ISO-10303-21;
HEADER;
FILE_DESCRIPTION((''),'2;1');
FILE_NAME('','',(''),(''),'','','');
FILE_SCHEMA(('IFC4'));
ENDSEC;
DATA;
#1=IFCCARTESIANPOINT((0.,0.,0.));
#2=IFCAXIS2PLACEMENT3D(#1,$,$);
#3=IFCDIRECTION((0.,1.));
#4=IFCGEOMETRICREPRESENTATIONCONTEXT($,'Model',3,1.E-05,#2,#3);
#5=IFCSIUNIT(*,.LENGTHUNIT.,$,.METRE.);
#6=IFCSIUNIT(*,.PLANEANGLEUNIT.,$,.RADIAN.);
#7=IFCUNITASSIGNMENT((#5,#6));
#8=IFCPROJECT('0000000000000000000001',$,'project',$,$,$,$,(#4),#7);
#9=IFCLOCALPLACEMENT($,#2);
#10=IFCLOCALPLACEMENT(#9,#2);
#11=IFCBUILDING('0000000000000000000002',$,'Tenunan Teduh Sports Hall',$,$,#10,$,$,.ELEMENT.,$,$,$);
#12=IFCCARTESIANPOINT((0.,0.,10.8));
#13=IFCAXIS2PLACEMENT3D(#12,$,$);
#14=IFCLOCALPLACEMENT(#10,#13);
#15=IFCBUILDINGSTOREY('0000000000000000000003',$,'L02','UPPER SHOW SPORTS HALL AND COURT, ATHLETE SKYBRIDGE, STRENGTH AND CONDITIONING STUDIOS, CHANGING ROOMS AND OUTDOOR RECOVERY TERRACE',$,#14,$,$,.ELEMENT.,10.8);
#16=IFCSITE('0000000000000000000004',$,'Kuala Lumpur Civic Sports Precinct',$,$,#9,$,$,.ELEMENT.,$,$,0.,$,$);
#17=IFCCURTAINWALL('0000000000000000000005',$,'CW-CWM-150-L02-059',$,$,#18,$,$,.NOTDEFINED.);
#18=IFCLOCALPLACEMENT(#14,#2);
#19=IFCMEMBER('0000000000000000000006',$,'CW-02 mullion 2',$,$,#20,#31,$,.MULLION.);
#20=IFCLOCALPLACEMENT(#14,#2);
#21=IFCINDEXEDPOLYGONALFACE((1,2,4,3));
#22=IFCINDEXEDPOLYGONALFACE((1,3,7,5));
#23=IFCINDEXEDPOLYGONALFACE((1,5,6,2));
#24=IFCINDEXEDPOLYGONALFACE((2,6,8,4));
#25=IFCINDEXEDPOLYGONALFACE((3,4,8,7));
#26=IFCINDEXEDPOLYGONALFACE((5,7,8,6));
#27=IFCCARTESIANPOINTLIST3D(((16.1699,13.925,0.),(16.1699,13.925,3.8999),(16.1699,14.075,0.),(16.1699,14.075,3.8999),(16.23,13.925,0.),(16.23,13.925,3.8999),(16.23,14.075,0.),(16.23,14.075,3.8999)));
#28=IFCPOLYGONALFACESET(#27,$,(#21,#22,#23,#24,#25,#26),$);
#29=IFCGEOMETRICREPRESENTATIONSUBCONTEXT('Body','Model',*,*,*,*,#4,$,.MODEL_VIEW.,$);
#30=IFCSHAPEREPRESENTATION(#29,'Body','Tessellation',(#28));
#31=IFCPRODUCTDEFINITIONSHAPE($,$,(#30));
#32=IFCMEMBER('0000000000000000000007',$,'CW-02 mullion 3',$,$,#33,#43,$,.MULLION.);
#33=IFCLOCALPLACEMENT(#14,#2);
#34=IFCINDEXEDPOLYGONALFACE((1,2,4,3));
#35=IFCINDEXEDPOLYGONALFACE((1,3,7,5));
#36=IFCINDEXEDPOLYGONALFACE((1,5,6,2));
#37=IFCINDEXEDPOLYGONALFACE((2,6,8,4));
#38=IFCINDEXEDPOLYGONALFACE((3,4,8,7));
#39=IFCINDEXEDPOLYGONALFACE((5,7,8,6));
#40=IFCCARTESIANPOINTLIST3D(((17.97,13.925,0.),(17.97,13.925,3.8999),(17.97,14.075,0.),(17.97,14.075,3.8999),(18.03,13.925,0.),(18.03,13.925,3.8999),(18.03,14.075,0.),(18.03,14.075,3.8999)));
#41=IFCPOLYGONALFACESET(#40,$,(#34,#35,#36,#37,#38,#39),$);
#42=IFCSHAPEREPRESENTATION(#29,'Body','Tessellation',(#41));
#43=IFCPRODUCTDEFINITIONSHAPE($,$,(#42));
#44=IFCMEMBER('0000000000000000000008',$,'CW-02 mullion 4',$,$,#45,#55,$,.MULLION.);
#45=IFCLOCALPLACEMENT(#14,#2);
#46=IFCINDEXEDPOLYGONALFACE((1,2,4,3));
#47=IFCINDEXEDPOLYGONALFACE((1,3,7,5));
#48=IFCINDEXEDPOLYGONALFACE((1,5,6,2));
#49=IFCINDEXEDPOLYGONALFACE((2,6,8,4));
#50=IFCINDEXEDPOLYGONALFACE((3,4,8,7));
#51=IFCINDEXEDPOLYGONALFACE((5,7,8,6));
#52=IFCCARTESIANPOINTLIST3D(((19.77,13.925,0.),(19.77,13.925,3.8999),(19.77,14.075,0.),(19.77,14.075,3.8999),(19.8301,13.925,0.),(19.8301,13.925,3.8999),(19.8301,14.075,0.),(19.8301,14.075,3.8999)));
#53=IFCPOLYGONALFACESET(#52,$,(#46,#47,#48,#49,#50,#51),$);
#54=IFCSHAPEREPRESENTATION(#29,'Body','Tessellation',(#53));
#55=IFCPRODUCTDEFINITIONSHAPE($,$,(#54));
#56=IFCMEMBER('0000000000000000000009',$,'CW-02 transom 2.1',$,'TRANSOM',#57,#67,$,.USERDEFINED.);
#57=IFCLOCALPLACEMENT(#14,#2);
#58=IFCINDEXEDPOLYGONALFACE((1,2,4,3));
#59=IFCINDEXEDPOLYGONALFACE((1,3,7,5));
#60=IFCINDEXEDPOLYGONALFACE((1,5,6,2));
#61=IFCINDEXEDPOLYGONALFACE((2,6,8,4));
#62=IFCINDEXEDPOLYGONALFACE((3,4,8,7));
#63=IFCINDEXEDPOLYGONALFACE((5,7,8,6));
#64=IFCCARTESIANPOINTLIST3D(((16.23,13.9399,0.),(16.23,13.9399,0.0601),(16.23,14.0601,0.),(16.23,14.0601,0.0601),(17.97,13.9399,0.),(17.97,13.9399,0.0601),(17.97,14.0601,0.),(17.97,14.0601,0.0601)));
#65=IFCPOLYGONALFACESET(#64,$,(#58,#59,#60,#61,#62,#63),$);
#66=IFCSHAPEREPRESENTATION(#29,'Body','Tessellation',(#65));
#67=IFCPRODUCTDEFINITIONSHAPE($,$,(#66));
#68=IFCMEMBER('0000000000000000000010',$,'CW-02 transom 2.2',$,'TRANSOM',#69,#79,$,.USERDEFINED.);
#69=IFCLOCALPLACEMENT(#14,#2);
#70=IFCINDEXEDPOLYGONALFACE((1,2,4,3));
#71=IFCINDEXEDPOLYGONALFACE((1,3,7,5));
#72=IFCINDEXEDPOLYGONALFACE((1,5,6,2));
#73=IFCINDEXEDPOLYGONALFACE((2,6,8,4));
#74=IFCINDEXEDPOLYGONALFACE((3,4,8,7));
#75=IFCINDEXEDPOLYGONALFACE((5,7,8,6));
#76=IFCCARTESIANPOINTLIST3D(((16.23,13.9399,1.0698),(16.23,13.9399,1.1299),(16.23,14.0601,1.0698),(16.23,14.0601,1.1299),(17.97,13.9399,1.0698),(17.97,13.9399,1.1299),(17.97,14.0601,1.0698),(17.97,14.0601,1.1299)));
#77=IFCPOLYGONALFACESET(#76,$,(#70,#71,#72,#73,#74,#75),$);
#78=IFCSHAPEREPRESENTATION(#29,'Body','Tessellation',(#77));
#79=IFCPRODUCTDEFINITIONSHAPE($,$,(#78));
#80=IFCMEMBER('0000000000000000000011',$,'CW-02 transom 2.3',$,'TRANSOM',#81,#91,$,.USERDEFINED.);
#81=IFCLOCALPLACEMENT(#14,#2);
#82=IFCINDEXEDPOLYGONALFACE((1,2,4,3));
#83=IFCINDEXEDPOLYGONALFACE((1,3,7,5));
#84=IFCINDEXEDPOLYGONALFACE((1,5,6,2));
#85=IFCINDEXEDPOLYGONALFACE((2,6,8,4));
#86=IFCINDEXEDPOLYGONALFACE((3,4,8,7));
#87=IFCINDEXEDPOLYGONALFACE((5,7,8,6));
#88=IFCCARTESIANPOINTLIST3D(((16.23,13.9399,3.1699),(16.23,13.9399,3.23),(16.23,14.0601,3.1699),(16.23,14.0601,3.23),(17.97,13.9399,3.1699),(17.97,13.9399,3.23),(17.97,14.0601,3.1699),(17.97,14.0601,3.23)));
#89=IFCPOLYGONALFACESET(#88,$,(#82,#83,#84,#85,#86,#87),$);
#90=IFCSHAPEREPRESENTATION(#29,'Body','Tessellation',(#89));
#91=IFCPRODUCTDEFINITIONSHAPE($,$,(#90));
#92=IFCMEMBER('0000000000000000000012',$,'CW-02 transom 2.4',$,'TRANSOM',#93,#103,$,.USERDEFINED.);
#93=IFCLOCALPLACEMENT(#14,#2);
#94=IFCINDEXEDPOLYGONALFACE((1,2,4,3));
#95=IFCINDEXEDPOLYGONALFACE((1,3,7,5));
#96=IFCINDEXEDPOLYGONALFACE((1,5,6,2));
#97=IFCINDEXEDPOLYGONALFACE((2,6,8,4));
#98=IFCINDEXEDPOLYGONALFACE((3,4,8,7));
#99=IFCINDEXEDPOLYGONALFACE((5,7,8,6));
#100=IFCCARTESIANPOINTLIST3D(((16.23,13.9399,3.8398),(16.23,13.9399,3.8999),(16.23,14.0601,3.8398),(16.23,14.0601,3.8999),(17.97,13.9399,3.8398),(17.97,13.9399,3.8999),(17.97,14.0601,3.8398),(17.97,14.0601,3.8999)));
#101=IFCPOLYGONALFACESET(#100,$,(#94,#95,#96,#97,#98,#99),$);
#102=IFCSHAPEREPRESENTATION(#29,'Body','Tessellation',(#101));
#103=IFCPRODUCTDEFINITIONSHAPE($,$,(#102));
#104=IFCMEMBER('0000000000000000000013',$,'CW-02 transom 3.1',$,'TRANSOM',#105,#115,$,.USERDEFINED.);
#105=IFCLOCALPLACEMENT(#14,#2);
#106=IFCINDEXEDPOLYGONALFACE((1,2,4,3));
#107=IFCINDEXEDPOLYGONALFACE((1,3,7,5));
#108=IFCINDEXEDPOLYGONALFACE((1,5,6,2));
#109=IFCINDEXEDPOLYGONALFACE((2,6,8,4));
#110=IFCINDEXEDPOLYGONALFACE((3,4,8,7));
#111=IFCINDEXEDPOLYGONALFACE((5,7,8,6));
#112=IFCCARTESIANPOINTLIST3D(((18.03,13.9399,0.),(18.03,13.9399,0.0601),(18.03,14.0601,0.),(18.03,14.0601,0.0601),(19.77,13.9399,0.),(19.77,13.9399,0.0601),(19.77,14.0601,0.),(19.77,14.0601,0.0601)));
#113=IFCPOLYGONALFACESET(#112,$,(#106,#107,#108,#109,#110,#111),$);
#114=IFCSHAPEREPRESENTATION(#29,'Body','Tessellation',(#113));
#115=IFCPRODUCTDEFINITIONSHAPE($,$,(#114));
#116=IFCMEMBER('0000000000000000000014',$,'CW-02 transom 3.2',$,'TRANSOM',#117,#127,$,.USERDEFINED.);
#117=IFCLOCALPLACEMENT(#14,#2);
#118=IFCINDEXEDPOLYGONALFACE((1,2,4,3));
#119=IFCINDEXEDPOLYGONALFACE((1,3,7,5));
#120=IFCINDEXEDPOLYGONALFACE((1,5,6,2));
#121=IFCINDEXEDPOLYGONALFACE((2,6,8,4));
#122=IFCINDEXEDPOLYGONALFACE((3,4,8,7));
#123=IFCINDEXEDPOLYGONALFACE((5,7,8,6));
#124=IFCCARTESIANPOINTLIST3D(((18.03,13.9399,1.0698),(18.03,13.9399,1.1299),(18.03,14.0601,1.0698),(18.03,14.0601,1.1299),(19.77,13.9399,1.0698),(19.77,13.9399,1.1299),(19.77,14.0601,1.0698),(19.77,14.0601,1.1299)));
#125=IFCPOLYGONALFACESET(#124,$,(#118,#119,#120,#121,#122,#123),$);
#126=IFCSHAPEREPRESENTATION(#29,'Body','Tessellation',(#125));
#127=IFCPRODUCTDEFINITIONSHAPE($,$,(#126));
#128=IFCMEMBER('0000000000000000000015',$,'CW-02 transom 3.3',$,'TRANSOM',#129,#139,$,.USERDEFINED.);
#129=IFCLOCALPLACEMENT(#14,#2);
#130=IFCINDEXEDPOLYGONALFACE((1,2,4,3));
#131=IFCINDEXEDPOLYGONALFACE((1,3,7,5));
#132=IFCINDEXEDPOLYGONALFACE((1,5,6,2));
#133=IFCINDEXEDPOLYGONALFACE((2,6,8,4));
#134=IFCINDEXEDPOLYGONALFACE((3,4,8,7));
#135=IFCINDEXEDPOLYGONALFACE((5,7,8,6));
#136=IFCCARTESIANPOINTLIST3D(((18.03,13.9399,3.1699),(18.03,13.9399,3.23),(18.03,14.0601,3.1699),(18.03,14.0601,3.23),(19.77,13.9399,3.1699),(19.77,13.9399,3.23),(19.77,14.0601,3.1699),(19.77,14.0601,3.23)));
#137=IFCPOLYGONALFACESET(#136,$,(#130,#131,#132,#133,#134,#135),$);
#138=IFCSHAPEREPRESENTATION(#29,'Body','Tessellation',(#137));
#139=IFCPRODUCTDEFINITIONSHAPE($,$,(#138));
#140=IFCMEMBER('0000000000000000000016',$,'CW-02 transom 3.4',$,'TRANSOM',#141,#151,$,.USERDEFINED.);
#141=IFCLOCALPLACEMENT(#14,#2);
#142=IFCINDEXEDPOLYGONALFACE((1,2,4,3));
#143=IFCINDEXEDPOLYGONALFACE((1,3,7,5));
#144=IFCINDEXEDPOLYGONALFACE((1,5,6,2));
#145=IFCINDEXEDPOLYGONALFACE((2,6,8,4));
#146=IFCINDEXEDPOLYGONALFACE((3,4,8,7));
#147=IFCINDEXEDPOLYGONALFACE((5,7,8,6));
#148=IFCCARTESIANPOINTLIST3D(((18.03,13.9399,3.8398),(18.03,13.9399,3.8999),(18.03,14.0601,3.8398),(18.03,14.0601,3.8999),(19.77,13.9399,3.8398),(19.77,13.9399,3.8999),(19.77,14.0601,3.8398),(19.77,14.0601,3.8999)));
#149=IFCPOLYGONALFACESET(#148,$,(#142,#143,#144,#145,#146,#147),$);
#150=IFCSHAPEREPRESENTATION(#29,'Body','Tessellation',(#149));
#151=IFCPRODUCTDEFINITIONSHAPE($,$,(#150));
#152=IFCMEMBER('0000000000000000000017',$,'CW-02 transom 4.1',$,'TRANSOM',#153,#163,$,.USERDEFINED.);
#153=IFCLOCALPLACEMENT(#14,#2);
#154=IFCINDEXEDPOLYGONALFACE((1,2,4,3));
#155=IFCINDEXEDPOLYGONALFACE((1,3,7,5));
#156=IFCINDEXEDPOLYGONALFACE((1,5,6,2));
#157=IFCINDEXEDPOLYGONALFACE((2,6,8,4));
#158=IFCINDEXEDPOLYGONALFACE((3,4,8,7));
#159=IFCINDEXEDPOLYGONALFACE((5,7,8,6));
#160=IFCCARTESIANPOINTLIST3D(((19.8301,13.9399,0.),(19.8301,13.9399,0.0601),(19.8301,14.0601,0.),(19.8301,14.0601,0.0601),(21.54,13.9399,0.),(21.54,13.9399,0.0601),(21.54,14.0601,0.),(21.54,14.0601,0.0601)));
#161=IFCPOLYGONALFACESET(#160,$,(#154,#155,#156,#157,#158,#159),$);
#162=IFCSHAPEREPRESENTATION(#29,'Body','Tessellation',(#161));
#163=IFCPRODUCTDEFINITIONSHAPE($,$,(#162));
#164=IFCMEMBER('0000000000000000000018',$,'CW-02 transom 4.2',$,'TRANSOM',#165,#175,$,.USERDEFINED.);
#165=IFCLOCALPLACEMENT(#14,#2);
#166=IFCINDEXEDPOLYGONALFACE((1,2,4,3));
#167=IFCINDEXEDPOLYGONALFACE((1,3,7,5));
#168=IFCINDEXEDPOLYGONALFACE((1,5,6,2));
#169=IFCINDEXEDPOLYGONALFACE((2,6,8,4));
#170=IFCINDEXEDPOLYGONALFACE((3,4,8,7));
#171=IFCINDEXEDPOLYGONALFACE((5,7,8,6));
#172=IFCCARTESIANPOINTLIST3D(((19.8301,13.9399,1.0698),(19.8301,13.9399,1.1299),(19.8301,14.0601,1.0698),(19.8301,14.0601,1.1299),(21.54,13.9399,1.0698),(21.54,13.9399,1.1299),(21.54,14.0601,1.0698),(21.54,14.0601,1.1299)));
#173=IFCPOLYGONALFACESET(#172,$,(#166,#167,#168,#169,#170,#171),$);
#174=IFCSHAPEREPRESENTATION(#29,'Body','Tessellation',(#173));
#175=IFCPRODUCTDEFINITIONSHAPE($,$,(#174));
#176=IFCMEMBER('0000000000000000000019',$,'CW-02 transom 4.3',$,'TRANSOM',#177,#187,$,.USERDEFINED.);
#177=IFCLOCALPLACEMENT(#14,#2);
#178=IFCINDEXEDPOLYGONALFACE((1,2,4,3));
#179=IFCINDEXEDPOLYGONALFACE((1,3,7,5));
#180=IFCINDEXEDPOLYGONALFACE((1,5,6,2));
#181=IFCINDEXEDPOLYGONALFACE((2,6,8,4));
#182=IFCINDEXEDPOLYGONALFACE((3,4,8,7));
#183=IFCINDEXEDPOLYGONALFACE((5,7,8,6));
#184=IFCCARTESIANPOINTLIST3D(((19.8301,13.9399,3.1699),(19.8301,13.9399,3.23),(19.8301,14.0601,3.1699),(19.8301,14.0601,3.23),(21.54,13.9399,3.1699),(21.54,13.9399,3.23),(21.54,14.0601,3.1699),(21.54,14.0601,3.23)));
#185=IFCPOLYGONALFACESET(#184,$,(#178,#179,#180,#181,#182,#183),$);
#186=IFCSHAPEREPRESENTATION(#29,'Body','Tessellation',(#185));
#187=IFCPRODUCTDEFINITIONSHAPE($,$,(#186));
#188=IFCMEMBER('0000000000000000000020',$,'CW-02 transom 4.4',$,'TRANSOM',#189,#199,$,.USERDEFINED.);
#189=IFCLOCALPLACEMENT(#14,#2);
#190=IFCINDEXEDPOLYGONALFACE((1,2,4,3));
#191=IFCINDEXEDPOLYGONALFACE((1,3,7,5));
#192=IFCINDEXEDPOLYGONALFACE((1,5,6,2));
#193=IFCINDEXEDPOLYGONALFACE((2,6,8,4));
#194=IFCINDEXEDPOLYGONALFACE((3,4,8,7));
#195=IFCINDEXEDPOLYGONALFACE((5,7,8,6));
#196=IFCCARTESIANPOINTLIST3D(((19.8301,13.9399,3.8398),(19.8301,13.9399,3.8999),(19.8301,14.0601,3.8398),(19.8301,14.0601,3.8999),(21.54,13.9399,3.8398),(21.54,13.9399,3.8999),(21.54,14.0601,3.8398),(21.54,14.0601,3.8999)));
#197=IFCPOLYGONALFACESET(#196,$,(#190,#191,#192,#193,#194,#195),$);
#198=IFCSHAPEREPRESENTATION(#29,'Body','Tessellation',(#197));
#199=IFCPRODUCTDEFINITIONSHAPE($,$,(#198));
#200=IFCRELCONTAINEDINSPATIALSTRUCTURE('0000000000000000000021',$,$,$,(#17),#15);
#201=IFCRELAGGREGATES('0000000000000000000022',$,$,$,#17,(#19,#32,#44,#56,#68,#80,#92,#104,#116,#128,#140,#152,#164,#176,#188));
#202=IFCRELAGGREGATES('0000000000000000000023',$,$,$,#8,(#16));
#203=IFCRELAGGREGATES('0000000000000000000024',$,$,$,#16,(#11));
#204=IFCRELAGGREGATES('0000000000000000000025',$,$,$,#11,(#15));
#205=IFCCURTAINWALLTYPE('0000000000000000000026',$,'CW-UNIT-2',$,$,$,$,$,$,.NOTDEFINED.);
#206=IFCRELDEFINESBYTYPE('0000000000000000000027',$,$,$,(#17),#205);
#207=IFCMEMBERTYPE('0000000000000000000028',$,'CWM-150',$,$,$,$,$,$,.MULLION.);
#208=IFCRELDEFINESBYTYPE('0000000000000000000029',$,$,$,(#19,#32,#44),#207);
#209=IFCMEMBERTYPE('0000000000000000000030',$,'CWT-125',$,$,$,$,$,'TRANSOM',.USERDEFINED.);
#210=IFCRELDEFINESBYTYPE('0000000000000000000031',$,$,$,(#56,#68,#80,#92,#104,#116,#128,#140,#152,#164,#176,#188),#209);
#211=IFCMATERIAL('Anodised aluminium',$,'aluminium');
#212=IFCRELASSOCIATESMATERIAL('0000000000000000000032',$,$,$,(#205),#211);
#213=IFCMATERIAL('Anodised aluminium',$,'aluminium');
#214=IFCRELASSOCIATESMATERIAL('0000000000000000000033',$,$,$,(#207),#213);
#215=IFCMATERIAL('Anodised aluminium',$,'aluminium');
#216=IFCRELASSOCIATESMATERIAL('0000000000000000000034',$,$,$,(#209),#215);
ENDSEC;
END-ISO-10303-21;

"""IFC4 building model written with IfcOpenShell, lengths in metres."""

from ifc_helpers import new_model, si_unit, direction, frame, origin, origin_2d, place, context, subcontext, project, spatial, rectangle, extrude, material, material_profile, profile_set, type_object, element, aggregate, save


model = new_model("IFC4")

# Units and contexts
model_context = context("Model", 3, precision=1e-05, world=origin(), true_north=direction((0.0, 1.0)))
body_context = subcontext(model_context, "Body", "Model", "MODEL_VIEW")
ifc_project = project(units=[si_unit("LENGTHUNIT", "METRE"), si_unit("PLANEANGLEUNIT", "RADIAN")], contexts=[model_context])

# Site, building, storey
site_placement = place(None, origin())
site = spatial("IfcSite", under=ifc_project, at=site_placement, Name="Kuala Lumpur Civic Sports Precinct", CompositionType="ELEMENT", RefElevation=0.0)
building_placement = place(site_placement, origin())
building = spatial("IfcBuilding", under=site, at=building_placement, Name="Tenunan Teduh Sports Hall", CompositionType="ELEMENT")
storey_placement = place(building_placement, frame((0.0, 0.0, 10.8)))
storey = spatial("IfcBuildingStorey", under=building, at=storey_placement, Name="L02", Description="UPPER SHOW SPORTS HALL AND COURT, ATHLETE SKYBRIDGE, STRENGTH AND CONDITIONING STUDIOS, CHANGING ROOMS AND OUTDOOR RECOVERY TERRACE", CompositionType="ELEMENT", Elevation=10.8)

# Curtain wall, members
ifc_material_1 = material(Name="Anodised aluminium", Category="aluminium")
curtain_wall_type = type_object("IfcCurtainWallType", Name="CW-UNIT-2", PredefinedType="NOTDEFINED", material=ifc_material_1)
curtain_wall_placement = place(storey_placement, origin())
curtain_wall = element("IfcCurtainWall", 1, at=curtain_wall_placement, inside=storey, type_object=curtain_wall_type, Name="CW-CWM-150-L02-059", PredefinedType="NOTDEFINED")
ifc_material_2 = material(Name="Anodised aluminium", Category="aluminium")
ifc_material_profile_1 = material_profile(ifc_material_2, rectangle(XDim=0.0601, YDim=0.1499, at=origin_2d()), Name="CWM 60x150")
ifc_profile_set_1 = profile_set([ifc_material_profile_1], Name="Anodised aluminium")
member_type_1 = type_object("IfcMemberType", Name="CWM-150", PredefinedType="MULLION", material=ifc_profile_set_1)
member_1_placement = place(storey_placement, frame((16.2, 14.0, 0.0), z_axis=(0.0, 0.0, 1.0), x_axis=(1.0, 0.0, 0.0)))
member_1 = element("IfcMember", 2, at=member_1_placement, type_object=member_type_1, Name="CW-02 mullion 2", PredefinedType="MULLION", context=body_context, shape_type="SweptSolid", body=[
    extrude(rectangle(XDim=0.0601, YDim=0.1499, at=origin_2d()), origin(), (0.0, 0.0, 1.0), 3.8999),
])
member_2_placement = place(storey_placement, frame((18.0, 14.0, 0.0), z_axis=(0.0, 0.0, 1.0), x_axis=(1.0, 0.0, 0.0)))
member_2 = element("IfcMember", 3, at=member_2_placement, type_object=member_type_1, Name="CW-02 mullion 3", PredefinedType="MULLION", context=body_context, shape_type="SweptSolid", body=[
    extrude(rectangle(XDim=0.0601, YDim=0.1499, at=origin_2d()), origin(), (0.0, 0.0, 1.0), 3.8999),
])
member_3_placement = place(storey_placement, frame((19.8, 14.0, 0.0), z_axis=(0.0, 0.0, 1.0), x_axis=(1.0, 0.0, 0.0)))
member_3 = element("IfcMember", 4, at=member_3_placement, type_object=member_type_1, Name="CW-02 mullion 4", PredefinedType="MULLION", context=body_context, shape_type="SweptSolid", body=[
    extrude(rectangle(XDim=0.0601, YDim=0.1499, at=origin_2d()), origin(), (0.0, 0.0, 1.0), 3.8999),
])
ifc_material_3 = material(Name="Anodised aluminium", Category="aluminium")
ifc_material_profile_2 = material_profile(ifc_material_3, rectangle(XDim=0.0601, YDim=0.1201, at=origin_2d()), Name="CWT 60x120")
ifc_profile_set_2 = profile_set([ifc_material_profile_2], Name="Anodised aluminium")
member_type_2 = type_object("IfcMemberType", Name="CWT-125", ElementType="TRANSOM", PredefinedType="USERDEFINED", material=ifc_profile_set_2)
member_4_placement = place(storey_placement, frame((16.23, 14.0, 0.03), z_axis=(1.0, 0.0, 0.0), x_axis=(0.0, 0.0, 1.0)))
member_4 = element("IfcMember", 5, at=member_4_placement, type_object=member_type_2, Name="CW-02 transom 2.1", ObjectType="TRANSOM", PredefinedType="USERDEFINED", context=body_context, shape_type="SweptSolid", body=[
    extrude(rectangle(XDim=0.0601, YDim=0.1201, at=origin_2d()), origin(), (0.0, 0.0, 1.0), 1.74),
])
member_5_placement = place(storey_placement, frame((16.23, 14.0, 1.0999), z_axis=(1.0, 0.0, 0.0), x_axis=(0.0, 0.0, 1.0)))
member_5 = element("IfcMember", 6, at=member_5_placement, type_object=member_type_2, Name="CW-02 transom 2.2", ObjectType="TRANSOM", PredefinedType="USERDEFINED", context=body_context, shape_type="SweptSolid", body=[
    extrude(rectangle(XDim=0.0601, YDim=0.1201, at=origin_2d()), origin(), (0.0, 0.0, 1.0), 1.74),
])
member_6_placement = place(storey_placement, frame((16.23, 14.0, 3.2), z_axis=(1.0, 0.0, 0.0), x_axis=(0.0, 0.0, 1.0)))
member_6 = element("IfcMember", 7, at=member_6_placement, type_object=member_type_2, Name="CW-02 transom 2.3", ObjectType="TRANSOM", PredefinedType="USERDEFINED", context=body_context, shape_type="SweptSolid", body=[
    extrude(rectangle(XDim=0.0601, YDim=0.1201, at=origin_2d()), origin(), (0.0, 0.0, 1.0), 1.74),
])
member_7_placement = place(storey_placement, frame((16.23, 14.0, 3.8699), z_axis=(1.0, 0.0, 0.0), x_axis=(0.0, 0.0, 1.0)))
member_7 = element("IfcMember", 8, at=member_7_placement, type_object=member_type_2, Name="CW-02 transom 2.4", ObjectType="TRANSOM", PredefinedType="USERDEFINED", context=body_context, shape_type="SweptSolid", body=[
    extrude(rectangle(XDim=0.0601, YDim=0.1201, at=origin_2d()), origin(), (0.0, 0.0, 1.0), 1.74),
])
member_8_placement = place(storey_placement, frame((18.03, 14.0, 0.03), z_axis=(1.0, 0.0, 0.0), x_axis=(0.0, 0.0, 1.0)))
member_8 = element("IfcMember", 9, at=member_8_placement, type_object=member_type_2, Name="CW-02 transom 3.1", ObjectType="TRANSOM", PredefinedType="USERDEFINED", context=body_context, shape_type="SweptSolid", body=[
    extrude(rectangle(XDim=0.0601, YDim=0.1201, at=origin_2d()), origin(), (0.0, 0.0, 1.0), 1.74),
])
member_9_placement = place(storey_placement, frame((18.03, 14.0, 1.0999), z_axis=(1.0, 0.0, 0.0), x_axis=(0.0, 0.0, 1.0)))
member_9 = element("IfcMember", 10, at=member_9_placement, type_object=member_type_2, Name="CW-02 transom 3.2", ObjectType="TRANSOM", PredefinedType="USERDEFINED", context=body_context, shape_type="SweptSolid", body=[
    extrude(rectangle(XDim=0.0601, YDim=0.1201, at=origin_2d()), origin(), (0.0, 0.0, 1.0), 1.74),
])
member_10_placement = place(storey_placement, frame((18.03, 14.0, 3.2), z_axis=(1.0, 0.0, 0.0), x_axis=(0.0, 0.0, 1.0)))
member_10 = element("IfcMember", 11, at=member_10_placement, type_object=member_type_2, Name="CW-02 transom 3.3", ObjectType="TRANSOM", PredefinedType="USERDEFINED", context=body_context, shape_type="SweptSolid", body=[
    extrude(rectangle(XDim=0.0601, YDim=0.1201, at=origin_2d()), origin(), (0.0, 0.0, 1.0), 1.74),
])
member_11_placement = place(storey_placement, frame((18.03, 14.0, 3.8699), z_axis=(1.0, 0.0, 0.0), x_axis=(0.0, 0.0, 1.0)))
member_11 = element("IfcMember", 12, at=member_11_placement, type_object=member_type_2, Name="CW-02 transom 3.4", ObjectType="TRANSOM", PredefinedType="USERDEFINED", context=body_context, shape_type="SweptSolid", body=[
    extrude(rectangle(XDim=0.0601, YDim=0.1201, at=origin_2d()), origin(), (0.0, 0.0, 1.0), 1.74),
])
member_12_placement = place(storey_placement, frame((19.8301, 14.0, 0.03), z_axis=(1.0, 0.0, 0.0), x_axis=(0.0, 0.0, 1.0)))
member_12 = element("IfcMember", 13, at=member_12_placement, type_object=member_type_2, Name="CW-02 transom 4.1", ObjectType="TRANSOM", PredefinedType="USERDEFINED", context=body_context, shape_type="SweptSolid", body=[
    extrude(rectangle(XDim=0.0601, YDim=0.1201, at=origin_2d()), origin(), (0.0, 0.0, 1.0), 1.71),
])
member_13_placement = place(storey_placement, frame((19.8301, 14.0, 1.0999), z_axis=(1.0, 0.0, 0.0), x_axis=(0.0, 0.0, 1.0)))
member_13 = element("IfcMember", 14, at=member_13_placement, type_object=member_type_2, Name="CW-02 transom 4.2", ObjectType="TRANSOM", PredefinedType="USERDEFINED", context=body_context, shape_type="SweptSolid", body=[
    extrude(rectangle(XDim=0.0601, YDim=0.1201, at=origin_2d()), origin(), (0.0, 0.0, 1.0), 1.71),
])
member_14_placement = place(storey_placement, frame((19.8301, 14.0, 3.2), z_axis=(1.0, 0.0, 0.0), x_axis=(0.0, 0.0, 1.0)))
member_14 = element("IfcMember", 15, at=member_14_placement, type_object=member_type_2, Name="CW-02 transom 4.3", ObjectType="TRANSOM", PredefinedType="USERDEFINED", context=body_context, shape_type="SweptSolid", body=[
    extrude(rectangle(XDim=0.0601, YDim=0.1201, at=origin_2d()), origin(), (0.0, 0.0, 1.0), 1.71),
])
member_15_placement = place(storey_placement, frame((19.8301, 14.0, 3.8699), z_axis=(1.0, 0.0, 0.0), x_axis=(0.0, 0.0, 1.0)))
member_15 = element("IfcMember", 16, at=member_15_placement, type_object=member_type_2, Name="CW-02 transom 4.4", ObjectType="TRANSOM", PredefinedType="USERDEFINED", context=body_context, shape_type="SweptSolid", body=[
    extrude(rectangle(XDim=0.0601, YDim=0.1201, at=origin_2d()), origin(), (0.0, 0.0, 1.0), 1.71),
])
aggregate(curtain_wall, [member_1, member_2, member_3, member_4, member_5, member_6, member_7, member_8, member_9, member_10, member_11, member_12, member_13, member_14, member_15])

save(model, "model.ifc")
